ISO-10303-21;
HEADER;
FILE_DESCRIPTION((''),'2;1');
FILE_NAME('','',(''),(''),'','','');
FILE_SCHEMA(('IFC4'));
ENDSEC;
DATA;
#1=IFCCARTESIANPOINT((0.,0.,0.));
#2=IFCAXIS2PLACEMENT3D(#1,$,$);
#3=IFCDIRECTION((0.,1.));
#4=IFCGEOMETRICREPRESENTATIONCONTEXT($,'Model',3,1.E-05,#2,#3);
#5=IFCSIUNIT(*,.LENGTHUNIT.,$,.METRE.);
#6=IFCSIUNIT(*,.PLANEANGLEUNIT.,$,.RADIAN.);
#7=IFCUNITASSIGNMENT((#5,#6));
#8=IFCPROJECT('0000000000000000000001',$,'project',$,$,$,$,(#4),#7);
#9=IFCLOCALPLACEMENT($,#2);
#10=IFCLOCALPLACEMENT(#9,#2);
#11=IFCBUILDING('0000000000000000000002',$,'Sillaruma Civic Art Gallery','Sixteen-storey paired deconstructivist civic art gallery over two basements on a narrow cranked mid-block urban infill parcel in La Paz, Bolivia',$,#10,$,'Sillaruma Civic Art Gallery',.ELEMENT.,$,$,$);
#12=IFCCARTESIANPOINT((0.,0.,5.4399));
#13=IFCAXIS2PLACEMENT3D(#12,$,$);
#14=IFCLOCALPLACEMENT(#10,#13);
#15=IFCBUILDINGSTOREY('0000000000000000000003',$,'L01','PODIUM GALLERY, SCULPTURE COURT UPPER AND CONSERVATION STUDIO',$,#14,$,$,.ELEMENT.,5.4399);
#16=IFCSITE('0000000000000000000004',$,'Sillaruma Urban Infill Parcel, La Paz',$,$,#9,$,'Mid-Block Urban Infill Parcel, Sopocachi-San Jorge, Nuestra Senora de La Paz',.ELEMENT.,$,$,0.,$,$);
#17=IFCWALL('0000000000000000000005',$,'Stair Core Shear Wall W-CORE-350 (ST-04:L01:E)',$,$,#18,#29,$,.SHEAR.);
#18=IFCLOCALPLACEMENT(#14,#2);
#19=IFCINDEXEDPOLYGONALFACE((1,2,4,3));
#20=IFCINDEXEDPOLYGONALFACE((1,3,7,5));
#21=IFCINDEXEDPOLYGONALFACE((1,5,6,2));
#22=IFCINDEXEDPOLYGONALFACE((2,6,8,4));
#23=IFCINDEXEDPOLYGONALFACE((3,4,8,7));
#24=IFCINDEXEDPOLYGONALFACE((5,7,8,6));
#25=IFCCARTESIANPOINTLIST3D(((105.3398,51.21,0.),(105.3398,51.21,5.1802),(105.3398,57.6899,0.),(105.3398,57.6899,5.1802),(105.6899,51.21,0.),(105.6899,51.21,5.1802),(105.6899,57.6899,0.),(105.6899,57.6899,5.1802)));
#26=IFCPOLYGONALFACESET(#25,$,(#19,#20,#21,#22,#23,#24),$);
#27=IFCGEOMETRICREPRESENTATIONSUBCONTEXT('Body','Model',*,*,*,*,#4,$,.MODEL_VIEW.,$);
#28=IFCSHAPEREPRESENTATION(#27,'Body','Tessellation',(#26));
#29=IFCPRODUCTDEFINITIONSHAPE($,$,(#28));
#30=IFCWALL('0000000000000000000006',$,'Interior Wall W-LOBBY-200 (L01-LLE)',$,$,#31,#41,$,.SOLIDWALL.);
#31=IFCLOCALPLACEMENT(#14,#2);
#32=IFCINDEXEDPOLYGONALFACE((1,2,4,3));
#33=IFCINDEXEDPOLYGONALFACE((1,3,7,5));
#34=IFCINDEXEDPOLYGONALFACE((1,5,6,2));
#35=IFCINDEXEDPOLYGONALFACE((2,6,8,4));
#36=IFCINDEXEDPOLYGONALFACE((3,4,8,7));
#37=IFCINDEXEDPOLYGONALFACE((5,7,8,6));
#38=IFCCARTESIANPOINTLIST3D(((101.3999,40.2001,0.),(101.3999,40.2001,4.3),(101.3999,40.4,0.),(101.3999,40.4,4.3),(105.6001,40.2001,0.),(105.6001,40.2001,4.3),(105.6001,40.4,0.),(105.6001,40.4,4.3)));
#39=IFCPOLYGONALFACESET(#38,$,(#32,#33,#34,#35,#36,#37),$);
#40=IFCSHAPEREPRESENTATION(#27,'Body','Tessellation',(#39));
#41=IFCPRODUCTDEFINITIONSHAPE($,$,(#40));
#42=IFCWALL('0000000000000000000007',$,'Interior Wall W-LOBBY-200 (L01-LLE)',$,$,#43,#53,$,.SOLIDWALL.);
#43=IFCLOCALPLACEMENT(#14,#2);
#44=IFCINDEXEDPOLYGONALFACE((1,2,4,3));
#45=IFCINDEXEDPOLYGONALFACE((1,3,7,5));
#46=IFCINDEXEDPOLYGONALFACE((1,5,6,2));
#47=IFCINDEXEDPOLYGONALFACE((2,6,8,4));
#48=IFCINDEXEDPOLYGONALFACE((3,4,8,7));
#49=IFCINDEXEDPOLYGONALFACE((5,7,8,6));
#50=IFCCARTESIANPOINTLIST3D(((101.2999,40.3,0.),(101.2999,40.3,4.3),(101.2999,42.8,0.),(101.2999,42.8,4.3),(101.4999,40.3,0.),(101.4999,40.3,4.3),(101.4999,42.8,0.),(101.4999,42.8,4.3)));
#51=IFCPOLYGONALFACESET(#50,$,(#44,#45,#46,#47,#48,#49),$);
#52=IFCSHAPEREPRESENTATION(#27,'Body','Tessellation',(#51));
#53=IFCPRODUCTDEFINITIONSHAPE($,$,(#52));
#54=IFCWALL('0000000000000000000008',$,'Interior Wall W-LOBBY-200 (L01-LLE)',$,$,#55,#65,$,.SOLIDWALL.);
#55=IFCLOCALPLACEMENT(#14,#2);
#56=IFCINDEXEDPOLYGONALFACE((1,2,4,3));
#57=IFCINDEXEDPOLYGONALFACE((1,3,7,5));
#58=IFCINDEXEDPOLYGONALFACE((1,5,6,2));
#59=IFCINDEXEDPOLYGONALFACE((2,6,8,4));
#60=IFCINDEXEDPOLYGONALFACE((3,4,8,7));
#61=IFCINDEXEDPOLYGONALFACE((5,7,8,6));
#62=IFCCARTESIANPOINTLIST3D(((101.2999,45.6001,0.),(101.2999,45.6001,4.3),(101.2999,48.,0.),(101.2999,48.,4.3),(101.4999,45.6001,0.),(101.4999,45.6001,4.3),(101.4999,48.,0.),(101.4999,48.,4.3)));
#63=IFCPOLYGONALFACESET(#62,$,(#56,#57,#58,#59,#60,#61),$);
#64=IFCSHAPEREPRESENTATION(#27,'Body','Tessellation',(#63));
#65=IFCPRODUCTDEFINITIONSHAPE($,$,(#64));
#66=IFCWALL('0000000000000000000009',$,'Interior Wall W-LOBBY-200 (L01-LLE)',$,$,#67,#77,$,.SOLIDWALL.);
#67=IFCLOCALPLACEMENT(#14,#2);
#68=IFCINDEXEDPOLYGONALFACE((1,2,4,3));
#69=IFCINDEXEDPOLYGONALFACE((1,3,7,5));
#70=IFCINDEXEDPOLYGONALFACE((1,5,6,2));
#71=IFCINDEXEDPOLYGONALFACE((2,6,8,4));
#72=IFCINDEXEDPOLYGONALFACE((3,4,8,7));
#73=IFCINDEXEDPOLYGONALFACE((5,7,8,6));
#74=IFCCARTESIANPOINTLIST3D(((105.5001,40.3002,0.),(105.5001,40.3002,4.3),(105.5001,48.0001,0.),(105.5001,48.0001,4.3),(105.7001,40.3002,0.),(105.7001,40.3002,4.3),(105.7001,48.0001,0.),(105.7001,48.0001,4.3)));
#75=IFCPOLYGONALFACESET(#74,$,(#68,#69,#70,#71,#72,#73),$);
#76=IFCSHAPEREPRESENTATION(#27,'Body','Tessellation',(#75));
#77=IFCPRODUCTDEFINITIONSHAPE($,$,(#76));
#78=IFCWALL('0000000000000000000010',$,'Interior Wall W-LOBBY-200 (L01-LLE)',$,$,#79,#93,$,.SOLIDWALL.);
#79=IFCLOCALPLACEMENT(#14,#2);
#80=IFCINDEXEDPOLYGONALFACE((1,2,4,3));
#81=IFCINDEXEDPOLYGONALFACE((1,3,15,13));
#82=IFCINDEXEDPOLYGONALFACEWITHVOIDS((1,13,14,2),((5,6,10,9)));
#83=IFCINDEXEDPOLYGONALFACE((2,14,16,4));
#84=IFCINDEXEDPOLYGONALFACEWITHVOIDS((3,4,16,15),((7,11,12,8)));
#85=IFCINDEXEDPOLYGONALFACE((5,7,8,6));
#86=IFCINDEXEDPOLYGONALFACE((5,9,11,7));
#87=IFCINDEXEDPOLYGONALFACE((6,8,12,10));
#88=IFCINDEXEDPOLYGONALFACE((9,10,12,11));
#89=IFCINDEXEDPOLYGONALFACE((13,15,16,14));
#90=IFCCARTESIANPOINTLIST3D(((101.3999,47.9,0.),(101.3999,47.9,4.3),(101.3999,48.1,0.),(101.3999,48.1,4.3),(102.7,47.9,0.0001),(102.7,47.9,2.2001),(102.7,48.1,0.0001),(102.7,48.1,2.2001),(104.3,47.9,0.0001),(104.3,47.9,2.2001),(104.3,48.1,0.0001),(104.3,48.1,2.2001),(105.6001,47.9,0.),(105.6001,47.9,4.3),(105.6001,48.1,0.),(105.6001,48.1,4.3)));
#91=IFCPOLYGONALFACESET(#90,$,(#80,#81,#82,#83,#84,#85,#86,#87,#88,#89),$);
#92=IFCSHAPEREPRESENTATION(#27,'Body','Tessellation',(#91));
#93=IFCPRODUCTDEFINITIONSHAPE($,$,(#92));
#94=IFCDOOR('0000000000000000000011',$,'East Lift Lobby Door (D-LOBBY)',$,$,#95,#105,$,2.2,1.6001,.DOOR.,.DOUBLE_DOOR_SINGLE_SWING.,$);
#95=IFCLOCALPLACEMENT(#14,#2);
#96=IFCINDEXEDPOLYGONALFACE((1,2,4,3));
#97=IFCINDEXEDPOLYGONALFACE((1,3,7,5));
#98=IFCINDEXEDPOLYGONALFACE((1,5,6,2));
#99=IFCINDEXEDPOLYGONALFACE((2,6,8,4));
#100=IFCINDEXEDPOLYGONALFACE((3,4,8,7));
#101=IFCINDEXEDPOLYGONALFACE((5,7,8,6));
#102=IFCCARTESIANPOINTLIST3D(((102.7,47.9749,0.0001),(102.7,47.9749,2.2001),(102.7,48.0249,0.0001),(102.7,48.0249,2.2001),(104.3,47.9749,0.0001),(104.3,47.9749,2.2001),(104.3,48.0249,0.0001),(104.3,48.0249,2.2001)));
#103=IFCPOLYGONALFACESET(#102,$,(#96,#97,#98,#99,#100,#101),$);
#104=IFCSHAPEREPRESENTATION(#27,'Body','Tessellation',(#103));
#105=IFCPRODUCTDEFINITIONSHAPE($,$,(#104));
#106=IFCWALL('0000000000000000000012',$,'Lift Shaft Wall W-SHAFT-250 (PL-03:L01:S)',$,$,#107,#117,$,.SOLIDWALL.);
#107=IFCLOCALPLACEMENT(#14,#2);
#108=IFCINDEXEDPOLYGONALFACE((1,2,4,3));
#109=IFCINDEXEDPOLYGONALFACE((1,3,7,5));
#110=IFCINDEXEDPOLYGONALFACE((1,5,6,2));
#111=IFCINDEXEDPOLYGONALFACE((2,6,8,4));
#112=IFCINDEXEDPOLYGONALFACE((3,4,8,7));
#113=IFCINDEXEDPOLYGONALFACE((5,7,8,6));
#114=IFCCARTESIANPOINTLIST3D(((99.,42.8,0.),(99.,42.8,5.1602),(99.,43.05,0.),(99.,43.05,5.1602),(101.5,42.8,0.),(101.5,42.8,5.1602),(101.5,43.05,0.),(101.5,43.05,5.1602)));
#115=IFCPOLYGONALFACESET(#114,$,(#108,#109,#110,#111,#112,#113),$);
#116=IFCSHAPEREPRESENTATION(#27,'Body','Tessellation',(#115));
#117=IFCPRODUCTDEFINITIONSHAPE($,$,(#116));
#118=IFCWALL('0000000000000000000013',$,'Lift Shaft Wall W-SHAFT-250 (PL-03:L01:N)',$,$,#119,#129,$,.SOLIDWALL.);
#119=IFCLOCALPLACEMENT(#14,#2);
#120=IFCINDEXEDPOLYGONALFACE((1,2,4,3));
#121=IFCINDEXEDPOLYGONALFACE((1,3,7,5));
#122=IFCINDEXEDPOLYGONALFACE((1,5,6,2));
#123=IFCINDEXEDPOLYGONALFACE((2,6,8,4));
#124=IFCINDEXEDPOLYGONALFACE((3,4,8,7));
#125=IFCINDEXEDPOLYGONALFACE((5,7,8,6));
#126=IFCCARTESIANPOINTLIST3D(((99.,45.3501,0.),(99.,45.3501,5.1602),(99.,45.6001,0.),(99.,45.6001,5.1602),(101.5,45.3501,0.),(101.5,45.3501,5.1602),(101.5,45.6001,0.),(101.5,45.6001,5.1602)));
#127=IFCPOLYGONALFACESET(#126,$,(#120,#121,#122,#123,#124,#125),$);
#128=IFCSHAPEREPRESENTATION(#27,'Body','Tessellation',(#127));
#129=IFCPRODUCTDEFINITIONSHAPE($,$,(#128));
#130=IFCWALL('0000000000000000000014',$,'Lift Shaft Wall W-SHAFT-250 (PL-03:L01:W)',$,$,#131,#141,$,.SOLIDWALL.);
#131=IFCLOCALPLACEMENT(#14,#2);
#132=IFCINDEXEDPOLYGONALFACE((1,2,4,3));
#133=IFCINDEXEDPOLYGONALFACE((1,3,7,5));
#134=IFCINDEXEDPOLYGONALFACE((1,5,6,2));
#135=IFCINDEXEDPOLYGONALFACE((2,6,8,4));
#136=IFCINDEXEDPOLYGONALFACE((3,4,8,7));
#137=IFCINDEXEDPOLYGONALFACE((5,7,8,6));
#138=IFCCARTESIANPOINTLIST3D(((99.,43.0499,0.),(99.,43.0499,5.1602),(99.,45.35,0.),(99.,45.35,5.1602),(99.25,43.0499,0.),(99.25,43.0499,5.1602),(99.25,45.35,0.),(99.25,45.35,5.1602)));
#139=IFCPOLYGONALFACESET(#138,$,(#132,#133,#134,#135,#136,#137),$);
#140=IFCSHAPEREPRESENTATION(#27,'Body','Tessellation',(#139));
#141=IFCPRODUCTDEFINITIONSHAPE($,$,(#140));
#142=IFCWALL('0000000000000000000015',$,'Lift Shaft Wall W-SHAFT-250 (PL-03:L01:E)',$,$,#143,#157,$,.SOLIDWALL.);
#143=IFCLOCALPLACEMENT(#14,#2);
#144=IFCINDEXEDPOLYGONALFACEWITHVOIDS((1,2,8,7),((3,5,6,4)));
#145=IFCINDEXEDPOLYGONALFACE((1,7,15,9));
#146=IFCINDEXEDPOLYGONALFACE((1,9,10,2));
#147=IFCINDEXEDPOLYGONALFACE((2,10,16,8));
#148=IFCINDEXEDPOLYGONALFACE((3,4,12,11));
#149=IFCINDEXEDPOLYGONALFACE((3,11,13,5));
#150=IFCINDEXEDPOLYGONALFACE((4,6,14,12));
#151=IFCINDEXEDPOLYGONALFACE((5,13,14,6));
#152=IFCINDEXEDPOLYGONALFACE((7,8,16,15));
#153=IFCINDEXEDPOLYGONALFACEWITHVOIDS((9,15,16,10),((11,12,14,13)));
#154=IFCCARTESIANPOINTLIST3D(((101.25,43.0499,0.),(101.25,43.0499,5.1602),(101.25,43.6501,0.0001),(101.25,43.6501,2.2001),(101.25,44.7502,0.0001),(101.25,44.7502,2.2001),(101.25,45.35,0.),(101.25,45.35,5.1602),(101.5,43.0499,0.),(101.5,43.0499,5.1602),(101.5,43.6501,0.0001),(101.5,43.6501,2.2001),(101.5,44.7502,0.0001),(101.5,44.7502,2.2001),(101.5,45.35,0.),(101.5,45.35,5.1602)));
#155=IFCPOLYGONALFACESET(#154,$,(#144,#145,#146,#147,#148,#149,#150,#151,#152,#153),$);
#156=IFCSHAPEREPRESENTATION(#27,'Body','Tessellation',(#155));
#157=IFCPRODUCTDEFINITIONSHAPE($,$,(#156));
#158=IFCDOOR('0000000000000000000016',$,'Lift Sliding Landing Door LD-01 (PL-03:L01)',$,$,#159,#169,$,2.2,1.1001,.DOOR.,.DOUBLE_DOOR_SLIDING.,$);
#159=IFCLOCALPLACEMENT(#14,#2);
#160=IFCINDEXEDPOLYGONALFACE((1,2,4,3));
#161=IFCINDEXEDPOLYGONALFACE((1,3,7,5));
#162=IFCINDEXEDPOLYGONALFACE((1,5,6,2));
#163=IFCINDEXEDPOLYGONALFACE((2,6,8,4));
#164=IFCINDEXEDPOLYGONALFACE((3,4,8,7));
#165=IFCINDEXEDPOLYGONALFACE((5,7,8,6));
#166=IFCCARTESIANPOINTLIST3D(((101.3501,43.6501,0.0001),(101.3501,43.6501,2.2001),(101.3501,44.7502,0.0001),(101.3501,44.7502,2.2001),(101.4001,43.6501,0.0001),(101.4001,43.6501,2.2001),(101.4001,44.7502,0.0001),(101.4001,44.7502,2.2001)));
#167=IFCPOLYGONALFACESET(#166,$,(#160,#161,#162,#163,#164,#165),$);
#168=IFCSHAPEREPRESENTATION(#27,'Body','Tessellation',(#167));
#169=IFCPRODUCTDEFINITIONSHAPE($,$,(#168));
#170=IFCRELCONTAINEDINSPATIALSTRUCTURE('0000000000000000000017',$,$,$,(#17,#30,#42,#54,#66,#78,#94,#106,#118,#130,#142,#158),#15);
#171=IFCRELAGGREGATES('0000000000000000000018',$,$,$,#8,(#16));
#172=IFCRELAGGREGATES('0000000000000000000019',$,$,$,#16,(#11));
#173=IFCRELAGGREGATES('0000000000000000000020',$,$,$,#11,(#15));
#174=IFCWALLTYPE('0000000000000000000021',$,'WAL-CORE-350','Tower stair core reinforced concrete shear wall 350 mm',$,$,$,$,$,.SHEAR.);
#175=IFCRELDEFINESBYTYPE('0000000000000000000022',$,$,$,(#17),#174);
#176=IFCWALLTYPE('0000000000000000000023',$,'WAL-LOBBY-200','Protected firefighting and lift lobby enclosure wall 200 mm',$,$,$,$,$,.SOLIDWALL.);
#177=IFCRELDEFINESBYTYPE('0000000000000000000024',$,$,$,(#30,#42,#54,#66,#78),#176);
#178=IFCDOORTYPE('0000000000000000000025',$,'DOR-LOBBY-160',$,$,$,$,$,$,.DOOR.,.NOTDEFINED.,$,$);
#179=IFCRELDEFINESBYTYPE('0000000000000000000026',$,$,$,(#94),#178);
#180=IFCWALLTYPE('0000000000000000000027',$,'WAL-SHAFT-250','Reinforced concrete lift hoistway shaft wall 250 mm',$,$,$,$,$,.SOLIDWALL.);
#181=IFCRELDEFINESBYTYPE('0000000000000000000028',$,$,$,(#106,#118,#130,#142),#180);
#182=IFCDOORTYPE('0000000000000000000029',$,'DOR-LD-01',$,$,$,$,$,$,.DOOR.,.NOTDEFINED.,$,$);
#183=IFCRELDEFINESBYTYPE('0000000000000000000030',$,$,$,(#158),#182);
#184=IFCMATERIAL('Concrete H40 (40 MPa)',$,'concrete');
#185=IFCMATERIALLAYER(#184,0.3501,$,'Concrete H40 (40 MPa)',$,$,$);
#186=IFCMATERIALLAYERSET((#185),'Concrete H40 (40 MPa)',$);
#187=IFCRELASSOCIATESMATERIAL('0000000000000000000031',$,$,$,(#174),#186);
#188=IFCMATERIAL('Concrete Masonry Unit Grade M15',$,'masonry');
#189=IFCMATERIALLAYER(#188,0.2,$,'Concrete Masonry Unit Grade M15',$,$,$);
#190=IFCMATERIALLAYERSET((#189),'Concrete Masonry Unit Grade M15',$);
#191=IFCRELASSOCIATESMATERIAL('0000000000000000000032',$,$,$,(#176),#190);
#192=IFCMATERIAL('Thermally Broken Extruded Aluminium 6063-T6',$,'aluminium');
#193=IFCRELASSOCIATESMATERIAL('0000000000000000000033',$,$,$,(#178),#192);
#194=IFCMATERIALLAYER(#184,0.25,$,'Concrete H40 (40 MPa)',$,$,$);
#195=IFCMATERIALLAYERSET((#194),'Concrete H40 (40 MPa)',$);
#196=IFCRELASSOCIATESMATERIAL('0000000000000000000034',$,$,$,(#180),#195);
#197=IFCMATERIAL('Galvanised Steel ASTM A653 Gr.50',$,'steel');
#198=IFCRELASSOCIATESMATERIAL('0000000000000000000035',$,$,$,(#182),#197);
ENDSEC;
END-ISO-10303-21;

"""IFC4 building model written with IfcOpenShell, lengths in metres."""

from ifc_helpers import new_model, si_unit, direction, frame, frame_2d, origin, place, context, subcontext, project, spatial, rectangle, extrude, material, layer, layer_set, type_object, element, fill, save


model = new_model("IFC4")

# Units and contexts
model_context = context("Model", 3, precision=1e-05, world=origin(), true_north=direction((0.0, 1.0)))
body_context = subcontext(model_context, "Body", "Model", "MODEL_VIEW")
ifc_project = project(units=[si_unit("LENGTHUNIT", "METRE"), si_unit("PLANEANGLEUNIT", "RADIAN")], contexts=[model_context])

# Site, building, storey
site_placement = place(None, origin())
site = spatial("IfcSite", under=ifc_project, at=site_placement, Name="Sillaruma Urban Infill Parcel, La Paz", LongName="Mid-Block Urban Infill Parcel, Sopocachi-San Jorge, Nuestra Senora de La Paz", CompositionType="ELEMENT", RefElevation=0.0)
building_placement = place(site_placement, origin())
building = spatial("IfcBuilding", under=site, at=building_placement, Name="Sillaruma Civic Art Gallery", Description="Sixteen-storey paired deconstructivist civic art gallery over two basements on a narrow cranked mid-block urban infill parcel in La Paz, Bolivia", LongName="Sillaruma Civic Art Gallery", CompositionType="ELEMENT")
storey_placement = place(building_placement, frame((0.0, 0.0, 5.4399)))
storey = spatial("IfcBuildingStorey", under=building, at=storey_placement, Name="L01", Description="PODIUM GALLERY, SCULPTURE COURT UPPER AND CONSERVATION STUDIO", CompositionType="ELEMENT", Elevation=5.4399)

# Shared definitions
ifc_material_1 = material(Name="Concrete H40 (40 MPa)", Category="concrete")

# Shared definitions
ifc_layer_1 = layer(ifc_material_1, 0.3501, Name="Concrete H40 (40 MPa)")
ifc_layer_set_1 = layer_set([ifc_layer_1], Name="Concrete H40 (40 MPa)")
wall_type_1 = type_object("IfcWallType", Name="WAL-CORE-350", Description="Tower stair core reinforced concrete shear wall 350 mm", PredefinedType="SHEAR", material=ifc_layer_set_1)
ifc_material_2 = material(Name="Galvanised Steel ASTM A653 Gr.50", Category="steel")

# Walls
for number, where, z_axis, x_axis, name in (
    (1, (105.5149, 51.21, 0.0), (0.0, 0.0, 1.0), (0.0, 1.0, 0.0), "Stair Core Shear Wall W-CORE-350 (ST-04:L01:E)"),
):
    element("IfcWall", number, at=place(storey_placement, frame(where, z_axis=z_axis, x_axis=x_axis)), inside=storey, type_object=wall_type_1, Name=name, PredefinedType="SHEAR", context=body_context, shape_type="SweptSolid", body=[
        extrude(rectangle(XDim=6.48, YDim=0.3501, at=frame_2d((3.24, 0.0))), origin(), (0.0, 0.0, 1.0), 5.1802),
    ])
ifc_material_3 = material(Name="Concrete Masonry Unit Grade M15", Category="masonry")
ifc_layer_2 = layer(ifc_material_3, 0.2, Name="Concrete Masonry Unit Grade M15")
ifc_layer_set_2 = layer_set([ifc_layer_2], Name="Concrete Masonry Unit Grade M15")
wall_type_2 = type_object("IfcWallType", Name="WAL-LOBBY-200", Description="Protected firefighting and lift lobby enclosure wall 200 mm", PredefinedType="SOLIDWALL", material=ifc_layer_set_2)
wall_1_placement = place(storey_placement, frame((101.3999, 40.3, 0.0), z_axis=(0.0, 0.0, 1.0), x_axis=(1.0, 0.0, 0.0)))
element("IfcWall", 2, at=wall_1_placement, inside=storey, type_object=wall_type_2, Name="Interior Wall W-LOBBY-200 (L01-LLE)", PredefinedType="SOLIDWALL", context=body_context, shape_type="SweptSolid", body=[
    extrude(rectangle(XDim=4.2002, YDim=0.2, at=frame_2d((2.1001, 0.0))), origin(), (0.0, 0.0, 1.0), 4.3),
])
wall_2_placement = place(storey_placement, frame((101.3999, 40.3, 0.0), z_axis=(0.0, 0.0, 1.0), x_axis=(0.0, 1.0, 0.0)))
element("IfcWall", 3, at=wall_2_placement, inside=storey, type_object=wall_type_2, Name="Interior Wall W-LOBBY-200 (L01-LLE)", PredefinedType="SOLIDWALL", context=body_context, shape_type="SweptSolid", body=[
    extrude(rectangle(XDim=2.5, YDim=0.2, at=frame_2d((1.25, 0.0))), origin(), (0.0, 0.0, 1.0), 4.3),
])
wall_3_placement = place(storey_placement, frame((101.3999, 45.6001, 0.0), z_axis=(0.0, 0.0, 1.0), x_axis=(0.0, 1.0, 0.0)))
element("IfcWall", 4, at=wall_3_placement, inside=storey, type_object=wall_type_2, Name="Interior Wall W-LOBBY-200 (L01-LLE)", PredefinedType="SOLIDWALL", context=body_context, shape_type="SweptSolid", body=[
    extrude(rectangle(XDim=2.3999, YDim=0.2, at=frame_2d((1.2, 0.0))), origin(), (0.0, 0.0, 1.0), 4.3),
])
wall_4_placement = place(storey_placement, frame((105.6001, 40.3, 0.0), z_axis=(0.0, 0.0, 1.0), x_axis=(0.0, 1.0, 0.0)))
element("IfcWall", 5, at=wall_4_placement, inside=storey, type_object=wall_type_2, Name="Interior Wall W-LOBBY-200 (L01-LLE)", PredefinedType="SOLIDWALL", context=body_context, shape_type="SweptSolid", body=[
    extrude(rectangle(XDim=7.7, YDim=0.2, at=frame_2d((3.8501, 0.0))), origin(), (0.0, 0.0, 1.0), 4.3),
])

# Wall, opening, door
wall_5_placement = place(storey_placement, frame((101.3999, 48.0, 0.0), z_axis=(0.0, 0.0, 1.0), x_axis=(1.0, 0.0, 0.0)))
wall_5 = element("IfcWall", 6, at=wall_5_placement, inside=storey, type_object=wall_type_2, Name="Interior Wall W-LOBBY-200 (L01-LLE)", PredefinedType="SOLIDWALL", context=body_context, shape_type="SweptSolid", body=[
    extrude(rectangle(XDim=4.2002, YDim=0.2, at=frame_2d((2.1001, 0.0))), origin(), (0.0, 0.0, 1.0), 4.3),
])
opening_1_placement = place(wall_5_placement, frame((1.3, 0.0, 0.0)))
opening_1 = element("IfcOpeningElement", 7, at=opening_1_placement, cuts=wall_5, PredefinedType="OPENING", context=body_context, shape_type="SweptSolid", body=[
    extrude(rectangle(XDim=1.6001, YDim=2.2, at=frame_2d((0.8, 1.1001))), frame((0.0, 0.1099, 0.0), z_axis=(0.0, -1.0, 0.0), x_axis=(1.0, 0.0, 0.0)), (0.0, 0.0, 1.0), 0.22),
])
ifc_material_4 = material(Name="Thermally Broken Extruded Aluminium 6063-T6", Category="aluminium")
door_type_1 = type_object("IfcDoorType", Name="DOR-LOBBY-160", OperationType="NOTDEFINED", PredefinedType="DOOR", material=ifc_material_4)
door_1_placement = place(opening_1_placement, origin())
door_1 = element("IfcDoor", 8, at=door_1_placement, inside=storey, type_object=door_type_1, Name="East Lift Lobby Door (D-LOBBY)", OperationType="DOUBLE_DOOR_SINGLE_SWING", OverallHeight=2.2, OverallWidth=1.6001, PredefinedType="DOOR", context=body_context, shape_type="SweptSolid", body=[
    extrude(rectangle(XDim=1.6001, YDim=2.2, at=frame_2d((0.8, 1.1001))), frame((0.0, 0.0249, 0.0), z_axis=(0.0, -1.0, 0.0), x_axis=(1.0, 0.0, 0.0)), (0.0, 0.0, 1.0), 0.05),
])
fill(opening_1, door_1)

# Walls
ifc_layer_3 = layer(ifc_material_1, 0.25, Name="Concrete H40 (40 MPa)")
ifc_layer_set_3 = layer_set([ifc_layer_3], Name="Concrete H40 (40 MPa)")
wall_type_3 = type_object("IfcWallType", Name="WAL-SHAFT-250", Description="Reinforced concrete lift hoistway shaft wall 250 mm", PredefinedType="SOLIDWALL", material=ifc_layer_set_3)
for number, where, z_axis, x_axis, name in (
    (9, (99.0, 42.925, 0.0), (0.0, 0.0, 1.0), (1.0, 0.0, 0.0), "Lift Shaft Wall W-SHAFT-250 (PL-03:L01:S)"),
    (10, (99.0, 45.4751, 0.0), (0.0, 0.0, 1.0), (1.0, 0.0, 0.0), "Lift Shaft Wall W-SHAFT-250 (PL-03:L01:N)"),
):
    element("IfcWall", number, at=place(storey_placement, frame(where, z_axis=z_axis, x_axis=x_axis)), inside=storey, type_object=wall_type_3, Name=name, PredefinedType="SOLIDWALL", context=body_context, shape_type="SweptSolid", body=[
        extrude(rectangle(XDim=2.5, YDim=0.25, at=frame_2d((1.25, 0.0))), origin(), (0.0, 0.0, 1.0), 5.1602),
    ])
wall_6_placement = place(storey_placement, frame((99.125, 43.05, 0.0), z_axis=(0.0, 0.0, 1.0), x_axis=(0.0, 1.0, 0.0)))
element("IfcWall", 11, at=wall_6_placement, inside=storey, type_object=wall_type_3, Name="Lift Shaft Wall W-SHAFT-250 (PL-03:L01:W)", PredefinedType="SOLIDWALL", context=body_context, shape_type="SweptSolid", body=[
    extrude(rectangle(XDim=2.3, YDim=0.25, at=frame_2d((1.1499, 0.0))), origin(), (0.0, 0.0, 1.0), 5.1602),
])

# Wall, opening, door
wall_7_placement = place(storey_placement, frame((101.375, 43.05, 0.0), z_axis=(0.0, 0.0, 1.0), x_axis=(0.0, 1.0, 0.0)))
wall_7 = element("IfcWall", 12, at=wall_7_placement, inside=storey, type_object=wall_type_3, Name="Lift Shaft Wall W-SHAFT-250 (PL-03:L01:E)", PredefinedType="SOLIDWALL", context=body_context, shape_type="SweptSolid", body=[
    extrude(rectangle(XDim=2.3, YDim=0.25, at=frame_2d((1.1499, 0.0))), origin(), (0.0, 0.0, 1.0), 5.1602),
])
opening_2_placement = place(wall_7_placement, frame((0.6001, 0.0, 0.0)))
opening_2 = element("IfcOpeningElement", 13, at=opening_2_placement, cuts=wall_7, PredefinedType="OPENING", context=body_context, shape_type="SweptSolid", body=[
    extrude(rectangle(XDim=1.1001, YDim=2.2, at=frame_2d((0.55, 1.1001))), frame((0.0, 0.135, 0.0), z_axis=(0.0, -1.0, 0.0), x_axis=(1.0, 0.0, 0.0)), (0.0, 0.0, 1.0), 0.27),
])
door_type_2 = type_object("IfcDoorType", Name="DOR-LD-01", OperationType="NOTDEFINED", PredefinedType="DOOR", material=ifc_material_2)
door_2_placement = place(opening_2_placement, origin())
door_2 = element("IfcDoor", 14, at=door_2_placement, inside=storey, type_object=door_type_2, Name="Lift Sliding Landing Door LD-01 (PL-03:L01)", OperationType="DOUBLE_DOOR_SLIDING", OverallHeight=2.2, OverallWidth=1.1001, PredefinedType="DOOR", context=body_context, shape_type="SweptSolid", body=[
    extrude(rectangle(XDim=1.1001, YDim=2.2, at=frame_2d((0.55, 1.1001))), frame((0.0, 0.0249, 0.0), z_axis=(0.0, -1.0, 0.0), x_axis=(1.0, 0.0, 0.0)), (0.0, 0.0, 1.0), 0.05),
])
fill(opening_2, door_2)

save(model, "model.ifc")
